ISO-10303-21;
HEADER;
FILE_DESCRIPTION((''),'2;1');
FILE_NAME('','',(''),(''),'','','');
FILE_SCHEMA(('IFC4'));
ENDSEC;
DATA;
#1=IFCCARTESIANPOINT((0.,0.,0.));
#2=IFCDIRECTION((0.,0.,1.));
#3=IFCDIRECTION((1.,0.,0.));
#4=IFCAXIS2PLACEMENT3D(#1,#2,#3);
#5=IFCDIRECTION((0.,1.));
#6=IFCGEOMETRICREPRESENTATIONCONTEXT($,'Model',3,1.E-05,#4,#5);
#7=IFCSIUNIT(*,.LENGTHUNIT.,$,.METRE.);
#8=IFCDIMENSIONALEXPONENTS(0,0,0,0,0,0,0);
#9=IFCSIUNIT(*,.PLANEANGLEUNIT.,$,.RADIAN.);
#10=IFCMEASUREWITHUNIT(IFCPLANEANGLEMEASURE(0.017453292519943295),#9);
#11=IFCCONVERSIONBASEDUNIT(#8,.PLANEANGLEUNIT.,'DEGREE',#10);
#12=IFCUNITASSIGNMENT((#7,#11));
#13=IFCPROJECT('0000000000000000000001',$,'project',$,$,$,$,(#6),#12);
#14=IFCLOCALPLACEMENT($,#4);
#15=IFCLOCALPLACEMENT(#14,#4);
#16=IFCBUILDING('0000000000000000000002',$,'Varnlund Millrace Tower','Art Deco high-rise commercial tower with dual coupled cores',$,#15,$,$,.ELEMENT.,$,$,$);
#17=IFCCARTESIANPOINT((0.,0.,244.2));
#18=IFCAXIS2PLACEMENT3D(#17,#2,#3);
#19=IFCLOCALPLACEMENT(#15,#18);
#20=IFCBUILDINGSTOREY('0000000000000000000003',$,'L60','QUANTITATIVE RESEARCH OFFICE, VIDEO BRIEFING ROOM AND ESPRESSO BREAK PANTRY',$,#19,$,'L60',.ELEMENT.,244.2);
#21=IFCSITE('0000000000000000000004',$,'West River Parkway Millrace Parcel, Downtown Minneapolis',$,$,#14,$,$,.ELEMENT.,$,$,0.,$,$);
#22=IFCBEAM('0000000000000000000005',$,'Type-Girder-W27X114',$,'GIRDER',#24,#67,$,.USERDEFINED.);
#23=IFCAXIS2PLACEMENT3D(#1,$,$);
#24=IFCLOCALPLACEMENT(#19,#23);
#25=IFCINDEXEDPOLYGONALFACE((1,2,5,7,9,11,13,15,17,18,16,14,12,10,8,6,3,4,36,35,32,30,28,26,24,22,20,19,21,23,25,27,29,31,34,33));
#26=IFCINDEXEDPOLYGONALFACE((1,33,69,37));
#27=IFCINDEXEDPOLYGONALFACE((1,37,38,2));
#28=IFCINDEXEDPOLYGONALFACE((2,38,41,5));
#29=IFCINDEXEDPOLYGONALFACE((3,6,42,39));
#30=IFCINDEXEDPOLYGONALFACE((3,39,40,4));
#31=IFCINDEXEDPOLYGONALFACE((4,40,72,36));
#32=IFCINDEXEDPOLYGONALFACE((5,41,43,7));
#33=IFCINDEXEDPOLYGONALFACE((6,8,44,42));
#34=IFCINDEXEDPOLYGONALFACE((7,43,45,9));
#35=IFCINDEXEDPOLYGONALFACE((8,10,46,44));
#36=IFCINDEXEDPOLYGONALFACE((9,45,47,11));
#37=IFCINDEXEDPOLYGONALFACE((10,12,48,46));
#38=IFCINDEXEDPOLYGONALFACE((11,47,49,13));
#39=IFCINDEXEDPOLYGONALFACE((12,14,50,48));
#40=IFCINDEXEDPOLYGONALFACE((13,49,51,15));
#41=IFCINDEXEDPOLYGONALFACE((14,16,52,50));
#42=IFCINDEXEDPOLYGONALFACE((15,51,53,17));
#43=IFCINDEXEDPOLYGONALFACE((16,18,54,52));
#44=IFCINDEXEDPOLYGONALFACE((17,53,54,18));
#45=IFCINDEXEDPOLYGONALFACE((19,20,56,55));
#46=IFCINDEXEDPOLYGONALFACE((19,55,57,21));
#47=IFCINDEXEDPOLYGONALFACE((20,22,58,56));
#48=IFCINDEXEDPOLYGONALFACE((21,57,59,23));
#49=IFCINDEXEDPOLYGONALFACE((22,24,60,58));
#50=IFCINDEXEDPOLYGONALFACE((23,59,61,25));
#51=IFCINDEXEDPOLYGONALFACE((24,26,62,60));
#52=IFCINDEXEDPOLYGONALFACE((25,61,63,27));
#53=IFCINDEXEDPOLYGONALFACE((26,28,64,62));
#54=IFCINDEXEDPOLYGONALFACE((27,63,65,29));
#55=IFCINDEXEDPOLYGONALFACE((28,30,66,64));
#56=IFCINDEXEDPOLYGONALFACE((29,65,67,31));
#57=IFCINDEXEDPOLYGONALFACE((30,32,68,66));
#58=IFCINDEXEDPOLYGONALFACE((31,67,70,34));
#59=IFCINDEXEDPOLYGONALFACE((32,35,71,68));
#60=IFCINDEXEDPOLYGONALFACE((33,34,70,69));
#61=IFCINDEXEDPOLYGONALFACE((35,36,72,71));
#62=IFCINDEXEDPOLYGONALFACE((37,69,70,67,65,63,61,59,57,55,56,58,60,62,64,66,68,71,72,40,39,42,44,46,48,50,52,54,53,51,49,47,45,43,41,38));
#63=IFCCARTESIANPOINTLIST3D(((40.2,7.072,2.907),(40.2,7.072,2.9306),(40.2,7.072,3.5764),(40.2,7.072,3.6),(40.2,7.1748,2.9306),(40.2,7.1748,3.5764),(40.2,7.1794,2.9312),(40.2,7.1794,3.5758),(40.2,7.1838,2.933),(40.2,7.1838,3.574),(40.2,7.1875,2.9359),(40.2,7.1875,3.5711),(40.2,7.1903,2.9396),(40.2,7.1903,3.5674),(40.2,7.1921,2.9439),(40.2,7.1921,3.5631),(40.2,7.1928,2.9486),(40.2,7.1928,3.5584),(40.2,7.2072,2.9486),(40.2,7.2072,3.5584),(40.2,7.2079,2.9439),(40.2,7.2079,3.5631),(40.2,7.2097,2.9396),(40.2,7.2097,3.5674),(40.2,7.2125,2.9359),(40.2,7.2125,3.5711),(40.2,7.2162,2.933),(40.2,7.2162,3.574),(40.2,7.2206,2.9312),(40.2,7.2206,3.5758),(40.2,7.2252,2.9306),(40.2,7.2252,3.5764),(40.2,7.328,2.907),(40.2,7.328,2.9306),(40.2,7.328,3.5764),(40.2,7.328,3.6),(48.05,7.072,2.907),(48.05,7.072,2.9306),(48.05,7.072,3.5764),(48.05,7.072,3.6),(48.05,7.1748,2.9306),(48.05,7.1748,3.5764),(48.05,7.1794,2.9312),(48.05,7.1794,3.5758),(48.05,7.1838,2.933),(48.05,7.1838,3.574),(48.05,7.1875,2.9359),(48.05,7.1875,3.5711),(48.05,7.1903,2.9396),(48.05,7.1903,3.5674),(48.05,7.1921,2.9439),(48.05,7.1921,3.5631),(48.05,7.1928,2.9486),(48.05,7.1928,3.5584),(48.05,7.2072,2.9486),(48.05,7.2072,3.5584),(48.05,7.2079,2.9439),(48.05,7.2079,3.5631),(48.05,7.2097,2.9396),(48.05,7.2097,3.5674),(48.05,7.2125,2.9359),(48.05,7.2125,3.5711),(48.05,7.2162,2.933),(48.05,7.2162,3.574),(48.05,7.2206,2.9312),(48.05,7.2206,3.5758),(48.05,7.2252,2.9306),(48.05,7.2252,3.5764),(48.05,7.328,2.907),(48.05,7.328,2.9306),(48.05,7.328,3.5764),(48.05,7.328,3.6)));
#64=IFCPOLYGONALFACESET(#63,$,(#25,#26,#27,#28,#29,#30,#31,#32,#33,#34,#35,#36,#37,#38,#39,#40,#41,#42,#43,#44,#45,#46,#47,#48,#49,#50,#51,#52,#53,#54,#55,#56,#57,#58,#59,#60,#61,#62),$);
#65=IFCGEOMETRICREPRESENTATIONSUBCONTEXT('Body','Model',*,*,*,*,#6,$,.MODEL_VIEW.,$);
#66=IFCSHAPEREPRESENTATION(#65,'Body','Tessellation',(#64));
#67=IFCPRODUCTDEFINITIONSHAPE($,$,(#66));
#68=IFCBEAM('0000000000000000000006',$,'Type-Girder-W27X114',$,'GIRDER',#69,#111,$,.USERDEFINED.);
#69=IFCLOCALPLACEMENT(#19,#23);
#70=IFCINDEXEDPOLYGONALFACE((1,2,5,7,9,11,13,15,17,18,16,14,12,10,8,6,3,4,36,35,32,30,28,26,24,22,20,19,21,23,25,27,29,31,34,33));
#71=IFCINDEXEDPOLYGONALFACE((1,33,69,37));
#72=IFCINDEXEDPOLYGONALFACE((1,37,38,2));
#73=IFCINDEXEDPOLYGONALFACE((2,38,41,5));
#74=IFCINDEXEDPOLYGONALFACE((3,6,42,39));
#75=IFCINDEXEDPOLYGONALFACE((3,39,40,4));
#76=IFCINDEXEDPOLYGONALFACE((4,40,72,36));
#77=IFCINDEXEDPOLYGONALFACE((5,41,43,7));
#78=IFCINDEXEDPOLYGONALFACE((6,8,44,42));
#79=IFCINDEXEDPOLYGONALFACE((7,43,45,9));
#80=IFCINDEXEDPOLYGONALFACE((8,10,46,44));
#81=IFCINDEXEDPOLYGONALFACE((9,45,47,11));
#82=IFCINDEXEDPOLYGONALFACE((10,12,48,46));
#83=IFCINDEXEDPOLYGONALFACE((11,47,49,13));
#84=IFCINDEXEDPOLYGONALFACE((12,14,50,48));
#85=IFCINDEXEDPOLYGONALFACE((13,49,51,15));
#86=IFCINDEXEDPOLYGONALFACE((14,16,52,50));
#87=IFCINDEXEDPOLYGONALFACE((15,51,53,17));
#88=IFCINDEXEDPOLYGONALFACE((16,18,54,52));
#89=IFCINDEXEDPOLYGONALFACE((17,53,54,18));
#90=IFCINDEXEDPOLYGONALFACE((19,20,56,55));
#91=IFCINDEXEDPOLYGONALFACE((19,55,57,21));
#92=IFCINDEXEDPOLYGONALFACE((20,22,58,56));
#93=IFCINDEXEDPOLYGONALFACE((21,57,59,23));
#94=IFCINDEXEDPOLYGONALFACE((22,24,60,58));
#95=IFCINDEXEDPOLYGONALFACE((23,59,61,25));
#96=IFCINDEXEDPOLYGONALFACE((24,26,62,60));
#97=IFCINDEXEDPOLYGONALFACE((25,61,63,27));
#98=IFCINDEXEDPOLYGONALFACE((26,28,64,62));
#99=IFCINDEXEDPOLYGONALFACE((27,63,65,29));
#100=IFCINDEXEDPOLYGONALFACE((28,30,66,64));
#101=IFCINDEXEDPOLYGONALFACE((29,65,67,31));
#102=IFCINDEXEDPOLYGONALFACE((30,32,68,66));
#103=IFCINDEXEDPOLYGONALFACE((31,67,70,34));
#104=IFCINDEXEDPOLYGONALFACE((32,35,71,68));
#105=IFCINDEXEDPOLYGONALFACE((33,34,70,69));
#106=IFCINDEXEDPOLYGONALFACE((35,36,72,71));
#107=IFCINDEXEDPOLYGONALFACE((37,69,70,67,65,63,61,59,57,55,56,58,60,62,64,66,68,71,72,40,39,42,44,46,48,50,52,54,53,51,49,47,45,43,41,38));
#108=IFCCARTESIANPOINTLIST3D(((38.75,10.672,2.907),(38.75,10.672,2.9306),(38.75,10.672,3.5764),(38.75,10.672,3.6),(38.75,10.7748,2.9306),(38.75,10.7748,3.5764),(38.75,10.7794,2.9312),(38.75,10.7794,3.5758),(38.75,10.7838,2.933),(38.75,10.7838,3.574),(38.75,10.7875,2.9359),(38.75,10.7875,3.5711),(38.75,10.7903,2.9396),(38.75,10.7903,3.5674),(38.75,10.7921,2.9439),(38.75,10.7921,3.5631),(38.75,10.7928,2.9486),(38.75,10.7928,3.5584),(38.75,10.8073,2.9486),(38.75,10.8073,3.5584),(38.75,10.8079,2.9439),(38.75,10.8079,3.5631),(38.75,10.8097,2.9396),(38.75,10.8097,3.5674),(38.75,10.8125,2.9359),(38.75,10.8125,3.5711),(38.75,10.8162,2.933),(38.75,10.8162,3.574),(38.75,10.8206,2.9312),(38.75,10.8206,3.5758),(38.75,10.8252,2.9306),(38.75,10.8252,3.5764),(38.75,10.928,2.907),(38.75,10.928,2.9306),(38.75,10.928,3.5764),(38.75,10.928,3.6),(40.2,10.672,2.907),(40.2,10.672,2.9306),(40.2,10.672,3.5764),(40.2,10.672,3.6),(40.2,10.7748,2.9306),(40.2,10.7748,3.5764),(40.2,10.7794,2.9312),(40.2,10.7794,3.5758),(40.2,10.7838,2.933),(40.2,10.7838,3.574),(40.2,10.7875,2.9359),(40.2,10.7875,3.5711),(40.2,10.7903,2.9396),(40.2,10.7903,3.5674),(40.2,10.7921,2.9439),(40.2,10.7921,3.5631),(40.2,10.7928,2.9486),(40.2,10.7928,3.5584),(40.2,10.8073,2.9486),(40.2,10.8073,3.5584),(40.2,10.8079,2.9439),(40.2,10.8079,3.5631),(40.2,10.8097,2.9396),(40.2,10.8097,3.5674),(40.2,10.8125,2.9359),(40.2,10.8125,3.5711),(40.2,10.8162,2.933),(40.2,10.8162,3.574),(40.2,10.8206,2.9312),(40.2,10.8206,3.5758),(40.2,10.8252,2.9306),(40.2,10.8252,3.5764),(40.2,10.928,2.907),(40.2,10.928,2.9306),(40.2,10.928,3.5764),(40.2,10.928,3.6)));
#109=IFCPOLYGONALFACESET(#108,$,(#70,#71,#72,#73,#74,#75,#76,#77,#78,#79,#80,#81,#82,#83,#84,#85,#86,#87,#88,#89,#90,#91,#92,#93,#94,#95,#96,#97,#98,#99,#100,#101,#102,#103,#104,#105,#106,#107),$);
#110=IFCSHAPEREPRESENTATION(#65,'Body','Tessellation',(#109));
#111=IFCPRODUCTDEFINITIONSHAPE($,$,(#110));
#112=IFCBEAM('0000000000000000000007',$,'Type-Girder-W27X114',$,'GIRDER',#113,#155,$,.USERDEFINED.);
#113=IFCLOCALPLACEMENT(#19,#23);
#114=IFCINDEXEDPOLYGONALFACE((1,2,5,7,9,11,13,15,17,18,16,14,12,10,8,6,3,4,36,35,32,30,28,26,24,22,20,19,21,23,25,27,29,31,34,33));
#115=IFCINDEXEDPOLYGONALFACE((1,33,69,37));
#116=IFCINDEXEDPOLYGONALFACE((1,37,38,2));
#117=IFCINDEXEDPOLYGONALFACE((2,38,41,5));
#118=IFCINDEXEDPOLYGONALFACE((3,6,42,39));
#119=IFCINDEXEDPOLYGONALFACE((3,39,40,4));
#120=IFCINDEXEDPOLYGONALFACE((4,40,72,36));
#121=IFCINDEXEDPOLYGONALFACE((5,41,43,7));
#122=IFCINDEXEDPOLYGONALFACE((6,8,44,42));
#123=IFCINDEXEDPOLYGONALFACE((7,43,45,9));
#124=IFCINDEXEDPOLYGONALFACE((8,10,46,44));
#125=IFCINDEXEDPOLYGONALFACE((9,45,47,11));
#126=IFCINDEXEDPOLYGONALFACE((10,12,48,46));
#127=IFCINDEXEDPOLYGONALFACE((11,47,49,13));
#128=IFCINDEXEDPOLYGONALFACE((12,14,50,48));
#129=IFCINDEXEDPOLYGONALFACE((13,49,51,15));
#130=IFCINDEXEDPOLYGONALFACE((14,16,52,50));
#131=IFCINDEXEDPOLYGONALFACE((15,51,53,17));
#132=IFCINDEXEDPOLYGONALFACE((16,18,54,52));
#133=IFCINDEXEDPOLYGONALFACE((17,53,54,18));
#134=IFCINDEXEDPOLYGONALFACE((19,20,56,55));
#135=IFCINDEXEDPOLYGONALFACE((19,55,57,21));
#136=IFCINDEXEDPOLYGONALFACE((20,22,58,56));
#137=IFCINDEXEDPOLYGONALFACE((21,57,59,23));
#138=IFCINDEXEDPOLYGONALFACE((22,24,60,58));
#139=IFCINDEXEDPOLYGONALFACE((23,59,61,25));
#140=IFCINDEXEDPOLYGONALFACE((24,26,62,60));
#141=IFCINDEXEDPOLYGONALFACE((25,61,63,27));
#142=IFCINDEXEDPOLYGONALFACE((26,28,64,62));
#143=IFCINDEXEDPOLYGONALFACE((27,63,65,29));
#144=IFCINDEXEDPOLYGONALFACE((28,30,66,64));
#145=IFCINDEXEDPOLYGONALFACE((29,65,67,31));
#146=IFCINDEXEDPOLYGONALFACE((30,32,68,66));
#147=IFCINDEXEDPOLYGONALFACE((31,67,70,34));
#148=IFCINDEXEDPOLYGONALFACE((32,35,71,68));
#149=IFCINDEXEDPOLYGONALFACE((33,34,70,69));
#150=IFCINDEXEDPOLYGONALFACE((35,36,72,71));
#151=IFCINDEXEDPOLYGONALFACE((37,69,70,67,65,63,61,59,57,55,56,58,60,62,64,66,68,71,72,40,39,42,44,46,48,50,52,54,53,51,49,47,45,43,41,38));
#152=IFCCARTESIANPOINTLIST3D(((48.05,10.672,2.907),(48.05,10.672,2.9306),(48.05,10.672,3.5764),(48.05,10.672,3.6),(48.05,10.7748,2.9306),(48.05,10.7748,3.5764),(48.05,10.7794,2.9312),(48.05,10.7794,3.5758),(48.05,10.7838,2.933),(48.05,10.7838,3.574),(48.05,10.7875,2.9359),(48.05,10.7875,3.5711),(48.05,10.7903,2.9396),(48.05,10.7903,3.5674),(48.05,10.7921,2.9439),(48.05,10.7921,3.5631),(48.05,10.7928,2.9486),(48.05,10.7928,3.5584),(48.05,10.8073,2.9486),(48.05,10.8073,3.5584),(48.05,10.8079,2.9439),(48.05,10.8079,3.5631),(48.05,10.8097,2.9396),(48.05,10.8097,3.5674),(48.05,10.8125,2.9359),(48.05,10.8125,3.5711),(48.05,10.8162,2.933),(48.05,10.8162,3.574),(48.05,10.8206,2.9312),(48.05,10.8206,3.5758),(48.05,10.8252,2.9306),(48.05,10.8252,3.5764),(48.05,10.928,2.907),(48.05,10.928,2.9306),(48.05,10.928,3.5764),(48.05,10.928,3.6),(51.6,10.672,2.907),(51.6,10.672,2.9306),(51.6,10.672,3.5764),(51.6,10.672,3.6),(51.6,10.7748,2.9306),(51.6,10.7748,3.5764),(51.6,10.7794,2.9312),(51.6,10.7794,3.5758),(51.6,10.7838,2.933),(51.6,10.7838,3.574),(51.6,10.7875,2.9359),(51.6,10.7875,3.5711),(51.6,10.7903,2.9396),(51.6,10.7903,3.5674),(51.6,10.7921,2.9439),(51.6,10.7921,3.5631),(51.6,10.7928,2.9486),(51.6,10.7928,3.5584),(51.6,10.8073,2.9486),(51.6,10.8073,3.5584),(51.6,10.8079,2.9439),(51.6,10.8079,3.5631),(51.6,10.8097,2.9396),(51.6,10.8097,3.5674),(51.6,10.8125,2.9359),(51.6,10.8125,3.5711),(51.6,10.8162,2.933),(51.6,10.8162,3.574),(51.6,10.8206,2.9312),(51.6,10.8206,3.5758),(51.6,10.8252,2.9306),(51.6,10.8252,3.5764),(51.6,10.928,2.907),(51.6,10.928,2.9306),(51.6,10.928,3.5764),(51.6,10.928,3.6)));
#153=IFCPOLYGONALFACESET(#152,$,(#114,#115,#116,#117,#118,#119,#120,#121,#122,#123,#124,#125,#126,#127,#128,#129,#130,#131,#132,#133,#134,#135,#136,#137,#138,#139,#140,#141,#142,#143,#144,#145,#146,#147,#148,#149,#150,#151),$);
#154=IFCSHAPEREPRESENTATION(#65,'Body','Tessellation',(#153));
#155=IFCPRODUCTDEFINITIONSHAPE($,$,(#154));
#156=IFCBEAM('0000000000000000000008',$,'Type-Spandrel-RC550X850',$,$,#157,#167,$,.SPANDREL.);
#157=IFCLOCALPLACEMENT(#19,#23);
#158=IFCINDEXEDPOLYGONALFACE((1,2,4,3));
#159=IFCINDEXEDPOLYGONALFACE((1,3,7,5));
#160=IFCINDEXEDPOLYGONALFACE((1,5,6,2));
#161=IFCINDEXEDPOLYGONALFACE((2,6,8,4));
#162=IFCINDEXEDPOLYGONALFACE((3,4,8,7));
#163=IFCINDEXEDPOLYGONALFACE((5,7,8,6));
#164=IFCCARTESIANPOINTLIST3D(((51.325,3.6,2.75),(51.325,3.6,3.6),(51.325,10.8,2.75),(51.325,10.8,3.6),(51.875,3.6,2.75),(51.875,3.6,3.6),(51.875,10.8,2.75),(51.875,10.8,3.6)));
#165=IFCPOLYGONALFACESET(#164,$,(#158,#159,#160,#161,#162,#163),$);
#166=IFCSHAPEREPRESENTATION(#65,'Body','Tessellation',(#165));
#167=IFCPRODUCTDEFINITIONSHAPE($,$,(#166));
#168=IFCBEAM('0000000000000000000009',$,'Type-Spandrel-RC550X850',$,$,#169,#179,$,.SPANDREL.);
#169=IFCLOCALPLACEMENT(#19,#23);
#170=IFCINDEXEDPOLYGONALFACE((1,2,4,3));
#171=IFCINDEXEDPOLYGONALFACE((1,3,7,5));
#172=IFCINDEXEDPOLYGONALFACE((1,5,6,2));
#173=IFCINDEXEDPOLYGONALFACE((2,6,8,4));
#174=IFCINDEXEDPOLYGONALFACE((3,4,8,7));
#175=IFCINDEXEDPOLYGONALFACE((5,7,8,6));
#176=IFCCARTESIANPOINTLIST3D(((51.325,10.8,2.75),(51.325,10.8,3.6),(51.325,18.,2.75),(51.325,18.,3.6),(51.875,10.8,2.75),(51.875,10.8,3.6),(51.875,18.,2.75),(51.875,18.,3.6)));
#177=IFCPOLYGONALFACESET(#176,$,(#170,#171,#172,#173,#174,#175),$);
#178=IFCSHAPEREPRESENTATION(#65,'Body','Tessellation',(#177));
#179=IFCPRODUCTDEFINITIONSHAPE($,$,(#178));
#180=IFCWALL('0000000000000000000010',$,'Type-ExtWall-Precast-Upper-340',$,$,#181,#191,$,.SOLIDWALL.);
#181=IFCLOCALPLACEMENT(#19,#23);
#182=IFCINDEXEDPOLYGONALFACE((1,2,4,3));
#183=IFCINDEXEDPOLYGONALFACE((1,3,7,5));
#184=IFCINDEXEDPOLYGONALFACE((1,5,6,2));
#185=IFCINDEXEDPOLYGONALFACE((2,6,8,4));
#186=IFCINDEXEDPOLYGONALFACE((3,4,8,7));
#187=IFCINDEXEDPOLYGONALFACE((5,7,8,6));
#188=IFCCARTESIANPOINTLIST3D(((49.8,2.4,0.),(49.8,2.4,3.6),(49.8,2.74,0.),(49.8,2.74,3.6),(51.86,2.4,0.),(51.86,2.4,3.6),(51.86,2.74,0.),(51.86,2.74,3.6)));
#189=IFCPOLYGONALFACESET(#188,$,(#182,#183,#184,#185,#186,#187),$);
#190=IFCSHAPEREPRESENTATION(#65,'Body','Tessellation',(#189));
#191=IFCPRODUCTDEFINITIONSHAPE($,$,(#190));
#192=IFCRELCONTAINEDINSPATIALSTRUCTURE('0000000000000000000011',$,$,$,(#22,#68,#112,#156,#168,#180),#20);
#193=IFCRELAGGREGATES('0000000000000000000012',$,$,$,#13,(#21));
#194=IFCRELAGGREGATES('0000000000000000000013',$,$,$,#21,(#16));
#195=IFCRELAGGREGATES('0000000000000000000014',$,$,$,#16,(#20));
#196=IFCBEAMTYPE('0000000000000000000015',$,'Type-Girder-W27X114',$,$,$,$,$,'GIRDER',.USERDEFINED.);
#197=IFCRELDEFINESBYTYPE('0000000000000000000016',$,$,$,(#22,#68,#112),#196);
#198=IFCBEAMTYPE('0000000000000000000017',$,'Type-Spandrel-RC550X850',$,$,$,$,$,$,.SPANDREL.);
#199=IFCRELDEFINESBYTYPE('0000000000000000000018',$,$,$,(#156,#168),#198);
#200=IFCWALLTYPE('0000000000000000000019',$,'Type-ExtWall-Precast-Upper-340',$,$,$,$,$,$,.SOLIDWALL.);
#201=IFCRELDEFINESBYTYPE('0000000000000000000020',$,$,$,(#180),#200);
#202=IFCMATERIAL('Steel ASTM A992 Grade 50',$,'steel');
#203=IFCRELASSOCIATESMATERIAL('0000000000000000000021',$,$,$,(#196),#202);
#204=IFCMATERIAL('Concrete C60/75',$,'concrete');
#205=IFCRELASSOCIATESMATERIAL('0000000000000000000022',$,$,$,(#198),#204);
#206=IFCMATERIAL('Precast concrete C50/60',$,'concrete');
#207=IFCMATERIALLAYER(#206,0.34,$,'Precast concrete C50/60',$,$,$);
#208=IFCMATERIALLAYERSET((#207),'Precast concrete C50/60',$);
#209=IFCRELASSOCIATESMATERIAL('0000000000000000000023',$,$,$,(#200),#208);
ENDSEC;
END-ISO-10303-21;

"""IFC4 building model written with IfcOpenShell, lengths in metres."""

from ifc_helpers import new_model, entity, si_unit, converted_unit, direction, frame, origin_with_axes, origin_2d_with_axis, place, context, subcontext, project, spatial, polyline, rectangle, i_section, outline, extrude, material, layer, layer_set, material_profile, profile_set, type_object, element, save


model = new_model("IFC4")

# Units and contexts
model_context = context("Model", 3, precision=1e-05, world=origin_with_axes(), true_north=direction((0.0, 1.0)))
body_context = subcontext(model_context, "Body", "Model", "MODEL_VIEW")
ifc_project = project(units=[si_unit("LENGTHUNIT", "METRE"), converted_unit("PLANEANGLEUNIT", "DEGREE", entity("IfcPlaneAngleMeasure", 0.017453292519943295), si_unit("PLANEANGLEUNIT", "RADIAN"), dimensions=[0, 0, 0, 0, 0, 0, 0])], contexts=[model_context])

# Site, building, storey
site_placement = place(None, origin_with_axes())
site = spatial("IfcSite", under=ifc_project, at=site_placement, Name="West River Parkway Millrace Parcel, Downtown Minneapolis", CompositionType="ELEMENT", RefElevation=0.0)
building_placement = place(site_placement, origin_with_axes())
building = spatial("IfcBuilding", under=site, at=building_placement, Name="Varnlund Millrace Tower", Description="Art Deco high-rise commercial tower with dual coupled cores", CompositionType="ELEMENT")
storey_placement = place(building_placement, frame((0.0, 0.0, 244.2), z_axis=(0.0, 0.0, 1.0), x_axis=(1.0, 0.0, 0.0)))
storey = spatial("IfcBuildingStorey", under=building, at=storey_placement, Name="L60", Description="QUANTITATIVE RESEARCH OFFICE, VIDEO BRIEFING ROOM AND ESPRESSO BREAK PANTRY", LongName="L60", CompositionType="ELEMENT", Elevation=244.2)

# Beams
ifc_material_1 = material(Name="Steel ASTM A992 Grade 50", Category="steel")
ifc_material_profile_1 = material_profile(ifc_material_1, i_section(OverallWidth=0.256, OverallDepth=0.693, WebThickness=0.0145, FlangeThickness=0.0236, FilletRadius=0.018, at=origin_2d_with_axis()), Name="Steel ASTM A992 Grade 50")
ifc_profile_set_1 = profile_set([ifc_material_profile_1], Name="Steel ASTM A992 Grade 50")
beam_type_1 = type_object("IfcBeamType", Name="Type-Girder-W27X114", ElementType="GIRDER", PredefinedType="USERDEFINED", material=ifc_profile_set_1)
beam_1_placement = place(storey_placement, frame((40.2, 7.2, 3.2535), z_axis=(1.0, 0.0, 0.0), x_axis=(0.0, 1.0, 0.0)))
element("IfcBeam", 1, at=beam_1_placement, inside=storey, type_object=beam_type_1, Name="Type-Girder-W27X114", ObjectType="GIRDER", PredefinedType="USERDEFINED", context=body_context, shape_type="SweptSolid", body=[
    extrude(i_section(OverallWidth=0.256, OverallDepth=0.693, WebThickness=0.0145, FlangeThickness=0.0236, FilletRadius=0.018, at=origin_2d_with_axis()), origin_with_axes(), (0.0, 0.0, 1.0), 7.85),
])
beam_2_placement = place(storey_placement, frame((38.75, 10.8, 3.2535), z_axis=(1.0, 0.0, 0.0), x_axis=(0.0, 1.0, 0.0)))
element("IfcBeam", 2, at=beam_2_placement, inside=storey, type_object=beam_type_1, Name="Type-Girder-W27X114", ObjectType="GIRDER", PredefinedType="USERDEFINED", context=body_context, shape_type="SweptSolid", body=[
    extrude(i_section(OverallWidth=0.256, OverallDepth=0.693, WebThickness=0.0145, FlangeThickness=0.0236, FilletRadius=0.018, at=origin_2d_with_axis()), origin_with_axes(), (0.0, 0.0, 1.0), 1.45),
])
beam_3_placement = place(storey_placement, frame((48.05, 10.8, 3.2535), z_axis=(1.0, 0.0, 0.0), x_axis=(0.0, 1.0, 0.0)))
element("IfcBeam", 3, at=beam_3_placement, inside=storey, type_object=beam_type_1, Name="Type-Girder-W27X114", ObjectType="GIRDER", PredefinedType="USERDEFINED", context=body_context, shape_type="SweptSolid", body=[
    extrude(i_section(OverallWidth=0.256, OverallDepth=0.693, WebThickness=0.0145, FlangeThickness=0.0236, FilletRadius=0.018, at=origin_2d_with_axis()), origin_with_axes(), (0.0, 0.0, 1.0), 3.55),
])
ifc_material_2 = material(Name="Concrete C60/75", Category="concrete")
ifc_material_profile_2 = material_profile(ifc_material_2, rectangle(XDim=0.55, YDim=0.85, at=origin_2d_with_axis()), Name="Concrete C60/75")
ifc_profile_set_2 = profile_set([ifc_material_profile_2], Name="Concrete C60/75")
beam_type_2 = type_object("IfcBeamType", Name="Type-Spandrel-RC550X850", PredefinedType="SPANDREL", material=ifc_profile_set_2)
for number, where, z_axis, x_axis, name in (
    (4, (51.6, 3.6, 3.175), (0.0, 1.0, 0.0), (-1.0, 0.0, 0.0), "Type-Spandrel-RC550X850"),
    (5, (51.6, 10.8, 3.175), (0.0, 1.0, 0.0), (-1.0, 0.0, 0.0), "Type-Spandrel-RC550X850"),
):
    element("IfcBeam", number, at=place(storey_placement, frame(where, z_axis=z_axis, x_axis=x_axis)), inside=storey, type_object=beam_type_2, Name=name, PredefinedType="SPANDREL", context=body_context, shape_type="SweptSolid", body=[
        extrude(rectangle(XDim=0.55, YDim=0.85, at=origin_2d_with_axis()), origin_with_axes(), (0.0, 0.0, 1.0), 7.2),
    ])

# Wall
ifc_material_3 = material(Name="Precast concrete C50/60", Category="concrete")
ifc_layer_1 = layer(ifc_material_3, 0.34, Name="Precast concrete C50/60")
ifc_layer_set_1 = layer_set([ifc_layer_1], Name="Precast concrete C50/60")
wall_type_1 = type_object("IfcWallType", Name="Type-ExtWall-Precast-Upper-340", PredefinedType="SOLIDWALL", material=ifc_layer_set_1)
wall_1_placement = place(storey_placement, frame((51.86, 2.57, 0.0), z_axis=(0.0, 0.0, 1.0), x_axis=(-1.0, 0.0, 0.0)))
element("IfcWall", 6, at=wall_1_placement, inside=storey, type_object=wall_type_1, Name="Type-ExtWall-Precast-Upper-340", PredefinedType="SOLIDWALL", context=body_context, shape_type="SweptSolid", body=[
    extrude(outline(polyline([(0.0, -0.17), (2.06, -0.17), (2.06, 0.17), (0.0, 0.17), (0.0, -0.17)])), origin_with_axes(), (0.0, 0.0, 1.0), 3.6),
])

save(model, "model.ifc")
